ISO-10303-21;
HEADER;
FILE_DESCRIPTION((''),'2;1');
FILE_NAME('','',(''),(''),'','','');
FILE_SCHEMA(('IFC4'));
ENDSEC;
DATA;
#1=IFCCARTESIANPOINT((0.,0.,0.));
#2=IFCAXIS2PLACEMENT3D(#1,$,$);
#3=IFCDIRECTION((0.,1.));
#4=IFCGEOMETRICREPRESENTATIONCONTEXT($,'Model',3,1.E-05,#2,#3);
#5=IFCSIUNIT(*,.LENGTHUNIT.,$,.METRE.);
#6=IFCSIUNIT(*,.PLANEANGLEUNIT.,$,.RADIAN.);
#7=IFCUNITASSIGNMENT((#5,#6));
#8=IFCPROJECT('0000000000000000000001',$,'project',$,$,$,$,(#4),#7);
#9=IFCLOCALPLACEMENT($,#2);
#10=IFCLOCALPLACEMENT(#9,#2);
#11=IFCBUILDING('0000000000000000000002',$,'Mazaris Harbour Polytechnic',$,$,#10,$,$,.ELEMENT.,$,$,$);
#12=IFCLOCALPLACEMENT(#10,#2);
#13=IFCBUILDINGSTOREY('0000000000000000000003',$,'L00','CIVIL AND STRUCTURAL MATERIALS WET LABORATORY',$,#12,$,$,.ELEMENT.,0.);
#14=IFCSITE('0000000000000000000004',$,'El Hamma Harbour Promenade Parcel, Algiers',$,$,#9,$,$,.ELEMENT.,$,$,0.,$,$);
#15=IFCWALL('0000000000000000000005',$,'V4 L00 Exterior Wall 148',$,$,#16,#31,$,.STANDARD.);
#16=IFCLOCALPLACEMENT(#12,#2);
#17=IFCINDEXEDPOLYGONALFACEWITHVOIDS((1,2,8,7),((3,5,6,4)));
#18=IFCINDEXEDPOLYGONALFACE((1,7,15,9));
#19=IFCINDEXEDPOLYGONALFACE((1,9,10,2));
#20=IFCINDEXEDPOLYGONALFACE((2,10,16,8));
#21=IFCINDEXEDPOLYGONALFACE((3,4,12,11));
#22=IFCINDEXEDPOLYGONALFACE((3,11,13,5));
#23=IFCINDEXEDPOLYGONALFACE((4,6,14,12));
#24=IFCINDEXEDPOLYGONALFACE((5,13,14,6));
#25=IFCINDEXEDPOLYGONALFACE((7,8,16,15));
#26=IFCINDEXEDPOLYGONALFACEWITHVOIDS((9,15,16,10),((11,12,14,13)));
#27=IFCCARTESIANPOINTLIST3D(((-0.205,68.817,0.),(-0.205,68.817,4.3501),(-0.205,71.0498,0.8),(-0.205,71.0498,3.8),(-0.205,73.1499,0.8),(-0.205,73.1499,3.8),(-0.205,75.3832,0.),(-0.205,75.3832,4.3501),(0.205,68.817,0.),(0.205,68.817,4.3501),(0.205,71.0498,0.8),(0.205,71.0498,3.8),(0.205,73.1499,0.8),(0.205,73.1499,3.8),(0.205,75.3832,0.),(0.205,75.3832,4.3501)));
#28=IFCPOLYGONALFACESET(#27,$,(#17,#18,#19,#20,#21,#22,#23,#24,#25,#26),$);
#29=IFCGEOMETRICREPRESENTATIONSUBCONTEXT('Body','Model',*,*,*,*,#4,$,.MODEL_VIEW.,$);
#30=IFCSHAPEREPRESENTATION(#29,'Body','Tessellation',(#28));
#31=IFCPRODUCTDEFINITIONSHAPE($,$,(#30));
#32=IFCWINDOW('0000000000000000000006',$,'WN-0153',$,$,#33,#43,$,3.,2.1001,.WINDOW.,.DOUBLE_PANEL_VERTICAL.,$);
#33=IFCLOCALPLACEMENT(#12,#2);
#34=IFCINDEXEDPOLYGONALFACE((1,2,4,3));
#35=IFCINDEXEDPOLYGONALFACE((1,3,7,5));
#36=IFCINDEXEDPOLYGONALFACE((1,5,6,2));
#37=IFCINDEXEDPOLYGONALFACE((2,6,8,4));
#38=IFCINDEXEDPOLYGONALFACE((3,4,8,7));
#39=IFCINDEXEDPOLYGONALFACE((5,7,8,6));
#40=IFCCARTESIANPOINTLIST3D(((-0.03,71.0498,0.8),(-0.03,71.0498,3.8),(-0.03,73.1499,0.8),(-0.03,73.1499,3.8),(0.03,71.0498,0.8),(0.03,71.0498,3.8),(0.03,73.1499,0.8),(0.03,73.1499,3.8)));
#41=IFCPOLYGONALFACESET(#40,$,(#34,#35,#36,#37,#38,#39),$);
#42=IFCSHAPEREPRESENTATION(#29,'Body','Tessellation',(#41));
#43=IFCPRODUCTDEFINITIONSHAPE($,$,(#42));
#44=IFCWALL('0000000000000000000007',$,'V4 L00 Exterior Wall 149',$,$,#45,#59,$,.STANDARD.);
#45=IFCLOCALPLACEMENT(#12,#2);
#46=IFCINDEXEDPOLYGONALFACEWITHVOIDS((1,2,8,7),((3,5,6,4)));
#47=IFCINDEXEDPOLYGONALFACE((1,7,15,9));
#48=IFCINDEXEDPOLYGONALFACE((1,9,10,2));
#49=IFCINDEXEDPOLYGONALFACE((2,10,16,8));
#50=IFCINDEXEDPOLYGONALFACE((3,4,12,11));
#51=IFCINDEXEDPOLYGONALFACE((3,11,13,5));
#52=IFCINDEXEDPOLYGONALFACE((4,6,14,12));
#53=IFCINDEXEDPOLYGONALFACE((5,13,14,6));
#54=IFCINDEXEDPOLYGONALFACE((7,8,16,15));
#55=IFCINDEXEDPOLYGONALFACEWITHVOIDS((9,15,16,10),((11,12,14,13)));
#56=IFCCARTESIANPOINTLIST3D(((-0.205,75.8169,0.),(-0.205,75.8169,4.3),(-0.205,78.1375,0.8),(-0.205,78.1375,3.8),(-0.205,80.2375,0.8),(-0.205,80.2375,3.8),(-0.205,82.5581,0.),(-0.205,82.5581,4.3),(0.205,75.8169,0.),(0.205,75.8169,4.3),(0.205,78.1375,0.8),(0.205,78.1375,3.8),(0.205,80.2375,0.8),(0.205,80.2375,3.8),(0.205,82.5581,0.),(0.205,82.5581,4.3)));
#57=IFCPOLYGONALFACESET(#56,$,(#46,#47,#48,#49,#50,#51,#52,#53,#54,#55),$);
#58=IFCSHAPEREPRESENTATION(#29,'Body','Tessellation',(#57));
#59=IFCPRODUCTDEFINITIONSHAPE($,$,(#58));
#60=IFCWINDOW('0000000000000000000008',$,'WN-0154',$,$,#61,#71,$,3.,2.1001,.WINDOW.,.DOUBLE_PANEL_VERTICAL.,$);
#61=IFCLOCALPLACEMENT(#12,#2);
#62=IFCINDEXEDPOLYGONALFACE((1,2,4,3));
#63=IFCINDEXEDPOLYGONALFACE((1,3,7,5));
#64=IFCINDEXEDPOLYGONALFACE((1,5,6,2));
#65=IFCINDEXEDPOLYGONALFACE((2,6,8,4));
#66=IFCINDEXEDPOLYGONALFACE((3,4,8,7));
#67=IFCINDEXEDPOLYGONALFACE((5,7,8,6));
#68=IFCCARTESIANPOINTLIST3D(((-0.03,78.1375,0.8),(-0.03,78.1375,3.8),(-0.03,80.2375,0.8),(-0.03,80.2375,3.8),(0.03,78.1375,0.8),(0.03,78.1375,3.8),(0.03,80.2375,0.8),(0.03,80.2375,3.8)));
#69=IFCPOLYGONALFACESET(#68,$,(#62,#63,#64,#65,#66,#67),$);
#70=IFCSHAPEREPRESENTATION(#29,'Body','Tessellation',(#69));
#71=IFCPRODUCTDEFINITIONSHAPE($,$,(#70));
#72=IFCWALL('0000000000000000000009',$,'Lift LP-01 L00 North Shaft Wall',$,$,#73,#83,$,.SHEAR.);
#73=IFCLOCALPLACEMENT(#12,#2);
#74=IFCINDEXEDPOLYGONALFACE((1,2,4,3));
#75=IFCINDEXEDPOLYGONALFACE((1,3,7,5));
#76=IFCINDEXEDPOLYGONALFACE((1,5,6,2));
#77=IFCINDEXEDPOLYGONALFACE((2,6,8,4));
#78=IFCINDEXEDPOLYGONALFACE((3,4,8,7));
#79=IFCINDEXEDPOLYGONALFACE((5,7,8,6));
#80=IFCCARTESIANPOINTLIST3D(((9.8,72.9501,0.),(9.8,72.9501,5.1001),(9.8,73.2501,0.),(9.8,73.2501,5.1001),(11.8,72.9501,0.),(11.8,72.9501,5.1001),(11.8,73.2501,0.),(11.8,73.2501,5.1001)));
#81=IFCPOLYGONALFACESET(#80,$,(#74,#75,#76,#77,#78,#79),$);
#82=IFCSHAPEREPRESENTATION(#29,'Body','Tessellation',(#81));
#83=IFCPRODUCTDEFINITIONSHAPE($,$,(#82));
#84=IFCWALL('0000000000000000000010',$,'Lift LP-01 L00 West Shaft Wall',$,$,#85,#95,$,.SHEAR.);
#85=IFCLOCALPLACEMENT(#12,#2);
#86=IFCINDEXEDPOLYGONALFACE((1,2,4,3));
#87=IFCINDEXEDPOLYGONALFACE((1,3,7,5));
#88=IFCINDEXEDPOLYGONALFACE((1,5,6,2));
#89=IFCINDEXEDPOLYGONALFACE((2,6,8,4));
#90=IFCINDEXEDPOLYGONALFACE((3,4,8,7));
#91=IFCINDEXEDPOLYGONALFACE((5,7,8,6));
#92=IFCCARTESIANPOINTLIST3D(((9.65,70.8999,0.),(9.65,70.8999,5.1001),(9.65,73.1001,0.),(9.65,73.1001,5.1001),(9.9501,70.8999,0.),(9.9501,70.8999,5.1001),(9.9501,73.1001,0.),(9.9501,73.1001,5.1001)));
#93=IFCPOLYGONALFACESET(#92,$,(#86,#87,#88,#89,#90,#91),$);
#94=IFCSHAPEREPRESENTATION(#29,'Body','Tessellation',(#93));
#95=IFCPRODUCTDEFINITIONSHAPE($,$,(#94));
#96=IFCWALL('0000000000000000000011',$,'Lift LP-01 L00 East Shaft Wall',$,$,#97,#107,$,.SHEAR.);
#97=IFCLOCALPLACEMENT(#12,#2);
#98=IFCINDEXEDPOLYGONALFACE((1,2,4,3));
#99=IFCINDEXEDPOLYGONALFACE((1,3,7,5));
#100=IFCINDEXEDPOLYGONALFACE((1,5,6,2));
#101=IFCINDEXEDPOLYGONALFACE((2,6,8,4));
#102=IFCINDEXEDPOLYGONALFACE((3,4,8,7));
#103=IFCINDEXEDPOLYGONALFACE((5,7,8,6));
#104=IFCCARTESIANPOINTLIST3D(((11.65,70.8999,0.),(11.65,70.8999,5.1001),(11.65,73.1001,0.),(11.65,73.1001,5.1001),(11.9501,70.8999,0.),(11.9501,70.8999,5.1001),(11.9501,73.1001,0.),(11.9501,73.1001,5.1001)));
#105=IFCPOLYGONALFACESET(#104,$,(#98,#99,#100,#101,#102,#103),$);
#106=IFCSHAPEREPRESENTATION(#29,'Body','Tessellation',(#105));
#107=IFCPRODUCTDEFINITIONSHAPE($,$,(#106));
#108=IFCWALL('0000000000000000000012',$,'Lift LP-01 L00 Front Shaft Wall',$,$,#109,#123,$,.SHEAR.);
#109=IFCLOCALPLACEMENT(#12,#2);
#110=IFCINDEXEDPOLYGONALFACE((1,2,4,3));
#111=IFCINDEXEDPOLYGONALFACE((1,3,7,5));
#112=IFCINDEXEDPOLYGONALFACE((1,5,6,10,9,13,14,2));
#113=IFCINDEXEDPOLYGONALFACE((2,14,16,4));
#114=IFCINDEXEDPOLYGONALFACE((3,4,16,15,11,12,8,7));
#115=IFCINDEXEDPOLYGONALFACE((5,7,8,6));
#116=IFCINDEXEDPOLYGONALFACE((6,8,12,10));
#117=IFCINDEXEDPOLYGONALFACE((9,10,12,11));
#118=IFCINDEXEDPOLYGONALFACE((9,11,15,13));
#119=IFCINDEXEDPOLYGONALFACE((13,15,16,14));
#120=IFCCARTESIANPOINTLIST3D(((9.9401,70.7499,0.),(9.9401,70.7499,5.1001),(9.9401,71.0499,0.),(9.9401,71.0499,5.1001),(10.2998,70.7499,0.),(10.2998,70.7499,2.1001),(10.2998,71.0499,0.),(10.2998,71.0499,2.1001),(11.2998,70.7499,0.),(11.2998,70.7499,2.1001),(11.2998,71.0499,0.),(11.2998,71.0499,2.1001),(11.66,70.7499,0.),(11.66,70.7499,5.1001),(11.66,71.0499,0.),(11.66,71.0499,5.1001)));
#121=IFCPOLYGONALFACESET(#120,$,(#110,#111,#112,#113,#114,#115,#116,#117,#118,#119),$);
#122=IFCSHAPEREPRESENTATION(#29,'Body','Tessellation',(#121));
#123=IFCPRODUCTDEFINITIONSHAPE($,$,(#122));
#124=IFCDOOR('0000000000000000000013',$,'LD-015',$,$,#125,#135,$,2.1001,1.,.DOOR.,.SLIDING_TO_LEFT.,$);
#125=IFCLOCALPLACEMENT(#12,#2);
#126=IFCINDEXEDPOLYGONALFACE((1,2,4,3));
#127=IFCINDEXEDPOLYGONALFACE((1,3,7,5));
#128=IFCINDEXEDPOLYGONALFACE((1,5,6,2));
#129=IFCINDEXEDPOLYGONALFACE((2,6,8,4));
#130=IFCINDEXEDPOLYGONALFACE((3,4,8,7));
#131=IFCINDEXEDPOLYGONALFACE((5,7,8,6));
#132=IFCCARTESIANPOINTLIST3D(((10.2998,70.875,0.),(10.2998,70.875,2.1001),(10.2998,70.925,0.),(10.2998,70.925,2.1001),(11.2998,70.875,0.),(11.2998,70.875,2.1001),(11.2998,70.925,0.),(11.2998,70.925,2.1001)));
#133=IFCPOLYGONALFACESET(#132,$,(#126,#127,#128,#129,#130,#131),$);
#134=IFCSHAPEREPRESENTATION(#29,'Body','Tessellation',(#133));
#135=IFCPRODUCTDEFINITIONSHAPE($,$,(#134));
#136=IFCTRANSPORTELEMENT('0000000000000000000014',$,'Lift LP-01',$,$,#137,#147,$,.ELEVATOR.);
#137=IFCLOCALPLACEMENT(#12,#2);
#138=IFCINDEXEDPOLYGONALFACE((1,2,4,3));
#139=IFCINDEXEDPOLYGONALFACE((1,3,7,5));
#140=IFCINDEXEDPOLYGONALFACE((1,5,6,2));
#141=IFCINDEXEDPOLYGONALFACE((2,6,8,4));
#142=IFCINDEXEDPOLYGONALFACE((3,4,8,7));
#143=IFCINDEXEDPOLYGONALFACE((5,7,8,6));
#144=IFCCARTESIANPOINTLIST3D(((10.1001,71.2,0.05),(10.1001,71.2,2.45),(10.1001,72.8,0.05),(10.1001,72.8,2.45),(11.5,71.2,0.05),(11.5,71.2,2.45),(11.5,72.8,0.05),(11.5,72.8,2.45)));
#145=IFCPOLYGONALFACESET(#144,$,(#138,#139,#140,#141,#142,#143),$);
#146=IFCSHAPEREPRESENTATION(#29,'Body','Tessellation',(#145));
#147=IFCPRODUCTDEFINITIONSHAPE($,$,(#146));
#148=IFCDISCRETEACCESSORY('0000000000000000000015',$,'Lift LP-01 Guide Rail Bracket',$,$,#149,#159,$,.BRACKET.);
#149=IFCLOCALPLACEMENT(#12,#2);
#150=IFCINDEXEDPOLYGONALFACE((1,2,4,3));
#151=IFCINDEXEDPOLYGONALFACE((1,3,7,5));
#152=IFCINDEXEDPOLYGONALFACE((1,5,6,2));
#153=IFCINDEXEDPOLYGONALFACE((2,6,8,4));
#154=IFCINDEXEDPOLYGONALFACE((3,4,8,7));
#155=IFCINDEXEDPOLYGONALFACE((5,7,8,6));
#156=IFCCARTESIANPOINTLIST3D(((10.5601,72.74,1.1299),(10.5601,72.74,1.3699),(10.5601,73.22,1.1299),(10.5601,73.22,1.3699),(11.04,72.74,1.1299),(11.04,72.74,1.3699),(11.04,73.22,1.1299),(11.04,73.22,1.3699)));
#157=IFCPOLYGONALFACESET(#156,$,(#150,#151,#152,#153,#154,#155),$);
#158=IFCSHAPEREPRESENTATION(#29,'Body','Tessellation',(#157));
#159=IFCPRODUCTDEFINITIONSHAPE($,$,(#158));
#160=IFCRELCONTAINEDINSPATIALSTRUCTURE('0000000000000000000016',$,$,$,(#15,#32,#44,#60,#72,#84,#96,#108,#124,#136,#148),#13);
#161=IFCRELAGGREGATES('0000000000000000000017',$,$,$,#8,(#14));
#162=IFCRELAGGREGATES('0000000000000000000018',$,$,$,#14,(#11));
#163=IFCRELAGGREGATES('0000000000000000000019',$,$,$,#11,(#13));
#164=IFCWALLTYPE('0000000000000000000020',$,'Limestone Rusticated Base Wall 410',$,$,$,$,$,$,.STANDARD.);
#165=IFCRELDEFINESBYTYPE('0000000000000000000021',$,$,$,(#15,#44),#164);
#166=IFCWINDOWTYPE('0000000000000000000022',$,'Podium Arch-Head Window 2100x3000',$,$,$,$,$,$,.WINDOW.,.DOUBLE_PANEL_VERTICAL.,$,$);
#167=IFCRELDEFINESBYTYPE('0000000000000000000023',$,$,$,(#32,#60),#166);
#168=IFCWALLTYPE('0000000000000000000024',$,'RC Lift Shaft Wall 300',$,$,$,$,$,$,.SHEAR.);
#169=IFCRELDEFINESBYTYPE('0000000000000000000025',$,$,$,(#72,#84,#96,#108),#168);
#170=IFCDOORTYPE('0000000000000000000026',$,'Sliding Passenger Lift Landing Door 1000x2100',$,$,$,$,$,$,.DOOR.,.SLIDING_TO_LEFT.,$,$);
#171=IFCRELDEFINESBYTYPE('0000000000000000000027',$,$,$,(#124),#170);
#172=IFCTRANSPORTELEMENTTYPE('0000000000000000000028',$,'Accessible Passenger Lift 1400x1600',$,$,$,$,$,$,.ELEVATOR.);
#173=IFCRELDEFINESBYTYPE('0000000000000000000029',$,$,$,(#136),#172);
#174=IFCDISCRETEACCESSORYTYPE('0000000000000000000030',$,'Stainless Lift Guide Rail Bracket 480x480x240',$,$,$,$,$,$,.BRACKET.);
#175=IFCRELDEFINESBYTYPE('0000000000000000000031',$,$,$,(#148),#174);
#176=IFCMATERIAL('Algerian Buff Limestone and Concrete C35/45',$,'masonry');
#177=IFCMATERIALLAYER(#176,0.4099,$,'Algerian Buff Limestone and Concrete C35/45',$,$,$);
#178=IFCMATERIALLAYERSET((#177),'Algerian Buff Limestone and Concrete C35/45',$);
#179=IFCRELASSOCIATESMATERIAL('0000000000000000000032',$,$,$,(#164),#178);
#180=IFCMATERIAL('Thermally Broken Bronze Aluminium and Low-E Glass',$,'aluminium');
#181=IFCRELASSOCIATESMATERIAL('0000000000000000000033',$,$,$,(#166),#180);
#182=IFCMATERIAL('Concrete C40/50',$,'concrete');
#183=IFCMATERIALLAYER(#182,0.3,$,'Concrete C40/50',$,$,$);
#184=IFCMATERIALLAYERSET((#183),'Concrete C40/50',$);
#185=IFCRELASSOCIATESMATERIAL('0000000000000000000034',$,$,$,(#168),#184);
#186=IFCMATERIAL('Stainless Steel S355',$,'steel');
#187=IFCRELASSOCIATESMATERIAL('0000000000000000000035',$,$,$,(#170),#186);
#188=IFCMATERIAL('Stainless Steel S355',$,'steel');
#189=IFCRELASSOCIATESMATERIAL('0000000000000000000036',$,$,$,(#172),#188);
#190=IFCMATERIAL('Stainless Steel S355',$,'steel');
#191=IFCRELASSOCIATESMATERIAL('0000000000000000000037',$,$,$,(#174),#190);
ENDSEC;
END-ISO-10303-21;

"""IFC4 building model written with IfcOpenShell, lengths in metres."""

from ifc_helpers import new_model, si_unit, direction, frame, frame_2d, origin, origin_2d, place, context, subcontext, project, spatial, rectangle, extrude, material, layer, layer_set, type_object, element, fill, save


model = new_model("IFC4")

# Units and contexts
model_context = context("Model", 3, precision=1e-05, world=origin(), true_north=direction((0.0, 1.0)))
body_context = subcontext(model_context, "Body", "Model", "MODEL_VIEW")
ifc_project = project(units=[si_unit("LENGTHUNIT", "METRE"), si_unit("PLANEANGLEUNIT", "RADIAN")], contexts=[model_context])

# Site, building, storey
site_placement = place(None, origin())
site = spatial("IfcSite", under=ifc_project, at=site_placement, Name="El Hamma Harbour Promenade Parcel, Algiers", CompositionType="ELEMENT", RefElevation=0.0)
building_placement = place(site_placement, origin())
building = spatial("IfcBuilding", under=site, at=building_placement, Name="Mazaris Harbour Polytechnic", CompositionType="ELEMENT")
storey_placement = place(building_placement, origin())
storey = spatial("IfcBuildingStorey", under=building, at=storey_placement, Name="L00", Description="CIVIL AND STRUCTURAL MATERIALS WET LABORATORY", CompositionType="ELEMENT", Elevation=0.0)

# Walls, openings, windows
ifc_material_1 = material(Name="Algerian Buff Limestone and Concrete C35/45", Category="masonry")
ifc_layer_1 = layer(ifc_material_1, 0.4099, Name="Algerian Buff Limestone and Concrete C35/45")
ifc_layer_set_1 = layer_set([ifc_layer_1], Name="Algerian Buff Limestone and Concrete C35/45")
wall_type_1 = type_object("IfcWallType", Name="Limestone Rusticated Base Wall 410", PredefinedType="STANDARD", material=ifc_layer_set_1)
wall_1_placement = place(storey_placement, frame((0.0, 68.8169, 0.0), z_axis=(0.0, 0.0, 1.0), x_axis=(0.0, 1.0, 0.0)))
wall_1 = element("IfcWall", 1, at=wall_1_placement, inside=storey, type_object=wall_type_1, Name="V4 L00 Exterior Wall 148", PredefinedType="STANDARD", context=body_context, shape_type="SweptSolid", body=[
    extrude(rectangle(XDim=6.5662, YDim=0.4099, at=frame_2d((3.2832, 0.0))), origin(), (0.0, 0.0, 1.0), 4.3501),
])
opening_1_placement = place(wall_1_placement, frame((2.2329, 0.0, 0.8)))
opening_1 = element("IfcOpeningElement", 2, at=opening_1_placement, cuts=wall_1, PredefinedType="OPENING", context=body_context, shape_type="SweptSolid", body=[
    extrude(rectangle(XDim=2.1001, YDim=3.0, at=frame_2d((1.05, 1.5))), frame((0.0, 0.2148, 0.0), z_axis=(0.0, -1.0, 0.0), x_axis=(1.0, 0.0, 0.0)), (0.0, 0.0, 1.0), 0.4299),
])
ifc_material_2 = material(Name="Thermally Broken Bronze Aluminium and Low-E Glass", Category="aluminium")
window_type = type_object("IfcWindowType", Name="Podium Arch-Head Window 2100x3000", PartitioningType="DOUBLE_PANEL_VERTICAL", PredefinedType="WINDOW", material=ifc_material_2)
window_1_placement = place(opening_1_placement, origin())
window_1 = element("IfcWindow", 3, at=window_1_placement, inside=storey, type_object=window_type, Name="WN-0153", OverallHeight=3.0, OverallWidth=2.1001, PartitioningType="DOUBLE_PANEL_VERTICAL", PredefinedType="WINDOW", context=body_context, shape_type="SweptSolid", body=[
    extrude(rectangle(XDim=2.1001, YDim=3.0, at=frame_2d((1.05, 1.5))), frame((0.0, 0.03, 0.0), z_axis=(0.0, -1.0, 0.0), x_axis=(1.0, 0.0, 0.0)), (0.0, 0.0, 1.0), 0.0601),
])
fill(opening_1, window_1)
wall_2_placement = place(storey_placement, frame((0.0, 75.8169, 0.0), z_axis=(0.0, 0.0, 1.0), x_axis=(0.0, 1.0, 0.0)))
wall_2 = element("IfcWall", 4, at=wall_2_placement, inside=storey, type_object=wall_type_1, Name="V4 L00 Exterior Wall 149", PredefinedType="STANDARD", context=body_context, shape_type="SweptSolid", body=[
    extrude(rectangle(XDim=6.7412, YDim=0.4099, at=frame_2d((3.3706, 0.0))), origin(), (0.0, 0.0, 1.0), 4.3),
])
opening_2_placement = place(wall_2_placement, frame((2.3206, 0.0, 0.8)))
opening_2 = element("IfcOpeningElement", 5, at=opening_2_placement, cuts=wall_2, PredefinedType="OPENING", context=body_context, shape_type="SweptSolid", body=[
    extrude(rectangle(XDim=2.1001, YDim=3.0, at=frame_2d((1.05, 1.5))), frame((0.0, 0.2148, 0.0), z_axis=(0.0, -1.0, 0.0), x_axis=(1.0, 0.0, 0.0)), (0.0, 0.0, 1.0), 0.4299),
])
window_2_placement = place(opening_2_placement, origin())
window_2 = element("IfcWindow", 6, at=window_2_placement, inside=storey, type_object=window_type, Name="WN-0154", OverallHeight=3.0, OverallWidth=2.1001, PartitioningType="DOUBLE_PANEL_VERTICAL", PredefinedType="WINDOW", context=body_context, shape_type="SweptSolid", body=[
    extrude(rectangle(XDim=2.1001, YDim=3.0, at=frame_2d((1.05, 1.5))), frame((0.0, 0.03, 0.0), z_axis=(0.0, -1.0, 0.0), x_axis=(1.0, 0.0, 0.0)), (0.0, 0.0, 1.0), 0.0601),
])
fill(opening_2, window_2)

# Walls
ifc_material_3 = material(Name="Concrete C40/50", Category="concrete")
ifc_layer_2 = layer(ifc_material_3, 0.3, Name="Concrete C40/50")
ifc_layer_set_2 = layer_set([ifc_layer_2], Name="Concrete C40/50")
wall_type_2 = type_object("IfcWallType", Name="RC Lift Shaft Wall 300", PredefinedType="SHEAR", material=ifc_layer_set_2)
wall_3_placement = place(storey_placement, frame((11.8, 73.1001, 0.0), z_axis=(0.0, 0.0, 1.0), x_axis=(-1.0, 0.0, 0.0)))
element("IfcWall", 7, at=wall_3_placement, inside=storey, type_object=wall_type_2, Name="Lift LP-01 L00 North Shaft Wall", PredefinedType="SHEAR", context=body_context, shape_type="SweptSolid", body=[
    extrude(rectangle(XDim=2.0, YDim=0.3, at=frame_2d((1.0, 0.0))), origin(), (0.0, 0.0, 1.0), 5.1001),
])
for number, where, z_axis, x_axis, name in (
    (8, (9.8, 73.1001, 0.0), (0.0, 0.0, 1.0), (0.0, -1.0, 0.0), "Lift LP-01 L00 West Shaft Wall"),
    (9, (11.8, 70.8999, 0.0), (0.0, 0.0, 1.0), (0.0, 1.0, 0.0), "Lift LP-01 L00 East Shaft Wall"),
):
    element("IfcWall", number, at=place(storey_placement, frame(where, z_axis=z_axis, x_axis=x_axis)), inside=storey, type_object=wall_type_2, Name=name, PredefinedType="SHEAR", context=body_context, shape_type="SweptSolid", body=[
        extrude(rectangle(XDim=2.2002, YDim=0.3, at=frame_2d((1.1001, 0.0))), origin(), (0.0, 0.0, 1.0), 5.1001),
    ])

# Wall, opening, door
wall_4_placement = place(storey_placement, frame((11.6599, 70.8999, 0.0), z_axis=(0.0, 0.0, 1.0), x_axis=(-1.0, 0.0, 0.0)))
wall_4 = element("IfcWall", 10, at=wall_4_placement, inside=storey, type_object=wall_type_2, Name="Lift LP-01 L00 Front Shaft Wall", PredefinedType="SHEAR", context=body_context, shape_type="SweptSolid", body=[
    extrude(rectangle(XDim=1.72, YDim=0.3, at=frame_2d((0.8599, 0.0))), origin(), (0.0, 0.0, 1.0), 5.1001),
])
opening_3_placement = place(wall_4_placement, frame((0.3601, 0.0, 0.0)))
opening_3 = element("IfcOpeningElement", 11, at=opening_3_placement, cuts=wall_4, PredefinedType="OPENING", context=body_context, shape_type="SweptSolid", body=[
    extrude(rectangle(XDim=1.0, YDim=2.1001, at=frame_2d((0.5, 1.05))), frame((0.0, 0.1599, 0.0), z_axis=(0.0, -1.0, 0.0), x_axis=(1.0, 0.0, 0.0)), (0.0, 0.0, 1.0), 0.3201),
])
ifc_material_4 = material(Name="Stainless Steel S355", Category="steel")
door_type_1 = type_object("IfcDoorType", Name="Sliding Passenger Lift Landing Door 1000x2100", OperationType="SLIDING_TO_LEFT", PredefinedType="DOOR", material=ifc_material_4)
door_1_placement = place(opening_3_placement, origin())
door_1 = element("IfcDoor", 12, at=door_1_placement, inside=storey, type_object=door_type_1, Name="LD-015", OperationType="SLIDING_TO_LEFT", OverallHeight=2.1001, OverallWidth=1.0, PredefinedType="DOOR", context=body_context, shape_type="SweptSolid", body=[
    extrude(rectangle(XDim=1.0, YDim=2.1001, at=frame_2d((0.5, 1.05))), frame((0.0, 0.0249, 0.0), z_axis=(0.0, -1.0, 0.0), x_axis=(1.0, 0.0, 0.0)), (0.0, 0.0, 1.0), 0.05),
])
fill(opening_3, door_1)

# Transport element
ifc_material_5 = material(Name="Stainless Steel S355", Category="steel")
transport_element_type = type_object("IfcTransportElementType", Name="Accessible Passenger Lift 1400x1600", PredefinedType="ELEVATOR", material=ifc_material_5)
transport_element_placement = place(storey_placement, frame((10.8, 72.0, 0.05), z_axis=(0.0, 0.0, 1.0), x_axis=(1.0, 0.0, 0.0)))
element("IfcTransportElement", 13, at=transport_element_placement, inside=storey, type_object=transport_element_type, Name="Lift LP-01", PredefinedType="ELEVATOR", context=body_context, shape_type="SweptSolid", body=[
    extrude(rectangle(XDim=1.3999, YDim=1.6001, at=origin_2d()), origin(), (0.0, 0.0, 1.0), 2.3999),
])

# Discrete accessory
ifc_material_6 = material(Name="Stainless Steel S355", Category="steel")
discrete_accessory_type = type_object("IfcDiscreteAccessoryType", Name="Stainless Lift Guide Rail Bracket 480x480x240", PredefinedType="BRACKET", material=ifc_material_6)
discrete_accessory_placement = place(storey_placement, frame((10.8, 72.98, 1.1299), z_axis=(0.0, 0.0, 1.0), x_axis=(1.0, 0.0, 0.0)))
element("IfcDiscreteAccessory", 14, at=discrete_accessory_placement, inside=storey, type_object=discrete_accessory_type, Name="Lift LP-01 Guide Rail Bracket", PredefinedType="BRACKET", context=body_context, shape_type="SweptSolid", body=[
    extrude(rectangle(XDim=0.48, YDim=0.48, at=origin_2d()), origin(), (0.0, 0.0, 1.0), 0.24),
])

save(model, "model.ifc")
